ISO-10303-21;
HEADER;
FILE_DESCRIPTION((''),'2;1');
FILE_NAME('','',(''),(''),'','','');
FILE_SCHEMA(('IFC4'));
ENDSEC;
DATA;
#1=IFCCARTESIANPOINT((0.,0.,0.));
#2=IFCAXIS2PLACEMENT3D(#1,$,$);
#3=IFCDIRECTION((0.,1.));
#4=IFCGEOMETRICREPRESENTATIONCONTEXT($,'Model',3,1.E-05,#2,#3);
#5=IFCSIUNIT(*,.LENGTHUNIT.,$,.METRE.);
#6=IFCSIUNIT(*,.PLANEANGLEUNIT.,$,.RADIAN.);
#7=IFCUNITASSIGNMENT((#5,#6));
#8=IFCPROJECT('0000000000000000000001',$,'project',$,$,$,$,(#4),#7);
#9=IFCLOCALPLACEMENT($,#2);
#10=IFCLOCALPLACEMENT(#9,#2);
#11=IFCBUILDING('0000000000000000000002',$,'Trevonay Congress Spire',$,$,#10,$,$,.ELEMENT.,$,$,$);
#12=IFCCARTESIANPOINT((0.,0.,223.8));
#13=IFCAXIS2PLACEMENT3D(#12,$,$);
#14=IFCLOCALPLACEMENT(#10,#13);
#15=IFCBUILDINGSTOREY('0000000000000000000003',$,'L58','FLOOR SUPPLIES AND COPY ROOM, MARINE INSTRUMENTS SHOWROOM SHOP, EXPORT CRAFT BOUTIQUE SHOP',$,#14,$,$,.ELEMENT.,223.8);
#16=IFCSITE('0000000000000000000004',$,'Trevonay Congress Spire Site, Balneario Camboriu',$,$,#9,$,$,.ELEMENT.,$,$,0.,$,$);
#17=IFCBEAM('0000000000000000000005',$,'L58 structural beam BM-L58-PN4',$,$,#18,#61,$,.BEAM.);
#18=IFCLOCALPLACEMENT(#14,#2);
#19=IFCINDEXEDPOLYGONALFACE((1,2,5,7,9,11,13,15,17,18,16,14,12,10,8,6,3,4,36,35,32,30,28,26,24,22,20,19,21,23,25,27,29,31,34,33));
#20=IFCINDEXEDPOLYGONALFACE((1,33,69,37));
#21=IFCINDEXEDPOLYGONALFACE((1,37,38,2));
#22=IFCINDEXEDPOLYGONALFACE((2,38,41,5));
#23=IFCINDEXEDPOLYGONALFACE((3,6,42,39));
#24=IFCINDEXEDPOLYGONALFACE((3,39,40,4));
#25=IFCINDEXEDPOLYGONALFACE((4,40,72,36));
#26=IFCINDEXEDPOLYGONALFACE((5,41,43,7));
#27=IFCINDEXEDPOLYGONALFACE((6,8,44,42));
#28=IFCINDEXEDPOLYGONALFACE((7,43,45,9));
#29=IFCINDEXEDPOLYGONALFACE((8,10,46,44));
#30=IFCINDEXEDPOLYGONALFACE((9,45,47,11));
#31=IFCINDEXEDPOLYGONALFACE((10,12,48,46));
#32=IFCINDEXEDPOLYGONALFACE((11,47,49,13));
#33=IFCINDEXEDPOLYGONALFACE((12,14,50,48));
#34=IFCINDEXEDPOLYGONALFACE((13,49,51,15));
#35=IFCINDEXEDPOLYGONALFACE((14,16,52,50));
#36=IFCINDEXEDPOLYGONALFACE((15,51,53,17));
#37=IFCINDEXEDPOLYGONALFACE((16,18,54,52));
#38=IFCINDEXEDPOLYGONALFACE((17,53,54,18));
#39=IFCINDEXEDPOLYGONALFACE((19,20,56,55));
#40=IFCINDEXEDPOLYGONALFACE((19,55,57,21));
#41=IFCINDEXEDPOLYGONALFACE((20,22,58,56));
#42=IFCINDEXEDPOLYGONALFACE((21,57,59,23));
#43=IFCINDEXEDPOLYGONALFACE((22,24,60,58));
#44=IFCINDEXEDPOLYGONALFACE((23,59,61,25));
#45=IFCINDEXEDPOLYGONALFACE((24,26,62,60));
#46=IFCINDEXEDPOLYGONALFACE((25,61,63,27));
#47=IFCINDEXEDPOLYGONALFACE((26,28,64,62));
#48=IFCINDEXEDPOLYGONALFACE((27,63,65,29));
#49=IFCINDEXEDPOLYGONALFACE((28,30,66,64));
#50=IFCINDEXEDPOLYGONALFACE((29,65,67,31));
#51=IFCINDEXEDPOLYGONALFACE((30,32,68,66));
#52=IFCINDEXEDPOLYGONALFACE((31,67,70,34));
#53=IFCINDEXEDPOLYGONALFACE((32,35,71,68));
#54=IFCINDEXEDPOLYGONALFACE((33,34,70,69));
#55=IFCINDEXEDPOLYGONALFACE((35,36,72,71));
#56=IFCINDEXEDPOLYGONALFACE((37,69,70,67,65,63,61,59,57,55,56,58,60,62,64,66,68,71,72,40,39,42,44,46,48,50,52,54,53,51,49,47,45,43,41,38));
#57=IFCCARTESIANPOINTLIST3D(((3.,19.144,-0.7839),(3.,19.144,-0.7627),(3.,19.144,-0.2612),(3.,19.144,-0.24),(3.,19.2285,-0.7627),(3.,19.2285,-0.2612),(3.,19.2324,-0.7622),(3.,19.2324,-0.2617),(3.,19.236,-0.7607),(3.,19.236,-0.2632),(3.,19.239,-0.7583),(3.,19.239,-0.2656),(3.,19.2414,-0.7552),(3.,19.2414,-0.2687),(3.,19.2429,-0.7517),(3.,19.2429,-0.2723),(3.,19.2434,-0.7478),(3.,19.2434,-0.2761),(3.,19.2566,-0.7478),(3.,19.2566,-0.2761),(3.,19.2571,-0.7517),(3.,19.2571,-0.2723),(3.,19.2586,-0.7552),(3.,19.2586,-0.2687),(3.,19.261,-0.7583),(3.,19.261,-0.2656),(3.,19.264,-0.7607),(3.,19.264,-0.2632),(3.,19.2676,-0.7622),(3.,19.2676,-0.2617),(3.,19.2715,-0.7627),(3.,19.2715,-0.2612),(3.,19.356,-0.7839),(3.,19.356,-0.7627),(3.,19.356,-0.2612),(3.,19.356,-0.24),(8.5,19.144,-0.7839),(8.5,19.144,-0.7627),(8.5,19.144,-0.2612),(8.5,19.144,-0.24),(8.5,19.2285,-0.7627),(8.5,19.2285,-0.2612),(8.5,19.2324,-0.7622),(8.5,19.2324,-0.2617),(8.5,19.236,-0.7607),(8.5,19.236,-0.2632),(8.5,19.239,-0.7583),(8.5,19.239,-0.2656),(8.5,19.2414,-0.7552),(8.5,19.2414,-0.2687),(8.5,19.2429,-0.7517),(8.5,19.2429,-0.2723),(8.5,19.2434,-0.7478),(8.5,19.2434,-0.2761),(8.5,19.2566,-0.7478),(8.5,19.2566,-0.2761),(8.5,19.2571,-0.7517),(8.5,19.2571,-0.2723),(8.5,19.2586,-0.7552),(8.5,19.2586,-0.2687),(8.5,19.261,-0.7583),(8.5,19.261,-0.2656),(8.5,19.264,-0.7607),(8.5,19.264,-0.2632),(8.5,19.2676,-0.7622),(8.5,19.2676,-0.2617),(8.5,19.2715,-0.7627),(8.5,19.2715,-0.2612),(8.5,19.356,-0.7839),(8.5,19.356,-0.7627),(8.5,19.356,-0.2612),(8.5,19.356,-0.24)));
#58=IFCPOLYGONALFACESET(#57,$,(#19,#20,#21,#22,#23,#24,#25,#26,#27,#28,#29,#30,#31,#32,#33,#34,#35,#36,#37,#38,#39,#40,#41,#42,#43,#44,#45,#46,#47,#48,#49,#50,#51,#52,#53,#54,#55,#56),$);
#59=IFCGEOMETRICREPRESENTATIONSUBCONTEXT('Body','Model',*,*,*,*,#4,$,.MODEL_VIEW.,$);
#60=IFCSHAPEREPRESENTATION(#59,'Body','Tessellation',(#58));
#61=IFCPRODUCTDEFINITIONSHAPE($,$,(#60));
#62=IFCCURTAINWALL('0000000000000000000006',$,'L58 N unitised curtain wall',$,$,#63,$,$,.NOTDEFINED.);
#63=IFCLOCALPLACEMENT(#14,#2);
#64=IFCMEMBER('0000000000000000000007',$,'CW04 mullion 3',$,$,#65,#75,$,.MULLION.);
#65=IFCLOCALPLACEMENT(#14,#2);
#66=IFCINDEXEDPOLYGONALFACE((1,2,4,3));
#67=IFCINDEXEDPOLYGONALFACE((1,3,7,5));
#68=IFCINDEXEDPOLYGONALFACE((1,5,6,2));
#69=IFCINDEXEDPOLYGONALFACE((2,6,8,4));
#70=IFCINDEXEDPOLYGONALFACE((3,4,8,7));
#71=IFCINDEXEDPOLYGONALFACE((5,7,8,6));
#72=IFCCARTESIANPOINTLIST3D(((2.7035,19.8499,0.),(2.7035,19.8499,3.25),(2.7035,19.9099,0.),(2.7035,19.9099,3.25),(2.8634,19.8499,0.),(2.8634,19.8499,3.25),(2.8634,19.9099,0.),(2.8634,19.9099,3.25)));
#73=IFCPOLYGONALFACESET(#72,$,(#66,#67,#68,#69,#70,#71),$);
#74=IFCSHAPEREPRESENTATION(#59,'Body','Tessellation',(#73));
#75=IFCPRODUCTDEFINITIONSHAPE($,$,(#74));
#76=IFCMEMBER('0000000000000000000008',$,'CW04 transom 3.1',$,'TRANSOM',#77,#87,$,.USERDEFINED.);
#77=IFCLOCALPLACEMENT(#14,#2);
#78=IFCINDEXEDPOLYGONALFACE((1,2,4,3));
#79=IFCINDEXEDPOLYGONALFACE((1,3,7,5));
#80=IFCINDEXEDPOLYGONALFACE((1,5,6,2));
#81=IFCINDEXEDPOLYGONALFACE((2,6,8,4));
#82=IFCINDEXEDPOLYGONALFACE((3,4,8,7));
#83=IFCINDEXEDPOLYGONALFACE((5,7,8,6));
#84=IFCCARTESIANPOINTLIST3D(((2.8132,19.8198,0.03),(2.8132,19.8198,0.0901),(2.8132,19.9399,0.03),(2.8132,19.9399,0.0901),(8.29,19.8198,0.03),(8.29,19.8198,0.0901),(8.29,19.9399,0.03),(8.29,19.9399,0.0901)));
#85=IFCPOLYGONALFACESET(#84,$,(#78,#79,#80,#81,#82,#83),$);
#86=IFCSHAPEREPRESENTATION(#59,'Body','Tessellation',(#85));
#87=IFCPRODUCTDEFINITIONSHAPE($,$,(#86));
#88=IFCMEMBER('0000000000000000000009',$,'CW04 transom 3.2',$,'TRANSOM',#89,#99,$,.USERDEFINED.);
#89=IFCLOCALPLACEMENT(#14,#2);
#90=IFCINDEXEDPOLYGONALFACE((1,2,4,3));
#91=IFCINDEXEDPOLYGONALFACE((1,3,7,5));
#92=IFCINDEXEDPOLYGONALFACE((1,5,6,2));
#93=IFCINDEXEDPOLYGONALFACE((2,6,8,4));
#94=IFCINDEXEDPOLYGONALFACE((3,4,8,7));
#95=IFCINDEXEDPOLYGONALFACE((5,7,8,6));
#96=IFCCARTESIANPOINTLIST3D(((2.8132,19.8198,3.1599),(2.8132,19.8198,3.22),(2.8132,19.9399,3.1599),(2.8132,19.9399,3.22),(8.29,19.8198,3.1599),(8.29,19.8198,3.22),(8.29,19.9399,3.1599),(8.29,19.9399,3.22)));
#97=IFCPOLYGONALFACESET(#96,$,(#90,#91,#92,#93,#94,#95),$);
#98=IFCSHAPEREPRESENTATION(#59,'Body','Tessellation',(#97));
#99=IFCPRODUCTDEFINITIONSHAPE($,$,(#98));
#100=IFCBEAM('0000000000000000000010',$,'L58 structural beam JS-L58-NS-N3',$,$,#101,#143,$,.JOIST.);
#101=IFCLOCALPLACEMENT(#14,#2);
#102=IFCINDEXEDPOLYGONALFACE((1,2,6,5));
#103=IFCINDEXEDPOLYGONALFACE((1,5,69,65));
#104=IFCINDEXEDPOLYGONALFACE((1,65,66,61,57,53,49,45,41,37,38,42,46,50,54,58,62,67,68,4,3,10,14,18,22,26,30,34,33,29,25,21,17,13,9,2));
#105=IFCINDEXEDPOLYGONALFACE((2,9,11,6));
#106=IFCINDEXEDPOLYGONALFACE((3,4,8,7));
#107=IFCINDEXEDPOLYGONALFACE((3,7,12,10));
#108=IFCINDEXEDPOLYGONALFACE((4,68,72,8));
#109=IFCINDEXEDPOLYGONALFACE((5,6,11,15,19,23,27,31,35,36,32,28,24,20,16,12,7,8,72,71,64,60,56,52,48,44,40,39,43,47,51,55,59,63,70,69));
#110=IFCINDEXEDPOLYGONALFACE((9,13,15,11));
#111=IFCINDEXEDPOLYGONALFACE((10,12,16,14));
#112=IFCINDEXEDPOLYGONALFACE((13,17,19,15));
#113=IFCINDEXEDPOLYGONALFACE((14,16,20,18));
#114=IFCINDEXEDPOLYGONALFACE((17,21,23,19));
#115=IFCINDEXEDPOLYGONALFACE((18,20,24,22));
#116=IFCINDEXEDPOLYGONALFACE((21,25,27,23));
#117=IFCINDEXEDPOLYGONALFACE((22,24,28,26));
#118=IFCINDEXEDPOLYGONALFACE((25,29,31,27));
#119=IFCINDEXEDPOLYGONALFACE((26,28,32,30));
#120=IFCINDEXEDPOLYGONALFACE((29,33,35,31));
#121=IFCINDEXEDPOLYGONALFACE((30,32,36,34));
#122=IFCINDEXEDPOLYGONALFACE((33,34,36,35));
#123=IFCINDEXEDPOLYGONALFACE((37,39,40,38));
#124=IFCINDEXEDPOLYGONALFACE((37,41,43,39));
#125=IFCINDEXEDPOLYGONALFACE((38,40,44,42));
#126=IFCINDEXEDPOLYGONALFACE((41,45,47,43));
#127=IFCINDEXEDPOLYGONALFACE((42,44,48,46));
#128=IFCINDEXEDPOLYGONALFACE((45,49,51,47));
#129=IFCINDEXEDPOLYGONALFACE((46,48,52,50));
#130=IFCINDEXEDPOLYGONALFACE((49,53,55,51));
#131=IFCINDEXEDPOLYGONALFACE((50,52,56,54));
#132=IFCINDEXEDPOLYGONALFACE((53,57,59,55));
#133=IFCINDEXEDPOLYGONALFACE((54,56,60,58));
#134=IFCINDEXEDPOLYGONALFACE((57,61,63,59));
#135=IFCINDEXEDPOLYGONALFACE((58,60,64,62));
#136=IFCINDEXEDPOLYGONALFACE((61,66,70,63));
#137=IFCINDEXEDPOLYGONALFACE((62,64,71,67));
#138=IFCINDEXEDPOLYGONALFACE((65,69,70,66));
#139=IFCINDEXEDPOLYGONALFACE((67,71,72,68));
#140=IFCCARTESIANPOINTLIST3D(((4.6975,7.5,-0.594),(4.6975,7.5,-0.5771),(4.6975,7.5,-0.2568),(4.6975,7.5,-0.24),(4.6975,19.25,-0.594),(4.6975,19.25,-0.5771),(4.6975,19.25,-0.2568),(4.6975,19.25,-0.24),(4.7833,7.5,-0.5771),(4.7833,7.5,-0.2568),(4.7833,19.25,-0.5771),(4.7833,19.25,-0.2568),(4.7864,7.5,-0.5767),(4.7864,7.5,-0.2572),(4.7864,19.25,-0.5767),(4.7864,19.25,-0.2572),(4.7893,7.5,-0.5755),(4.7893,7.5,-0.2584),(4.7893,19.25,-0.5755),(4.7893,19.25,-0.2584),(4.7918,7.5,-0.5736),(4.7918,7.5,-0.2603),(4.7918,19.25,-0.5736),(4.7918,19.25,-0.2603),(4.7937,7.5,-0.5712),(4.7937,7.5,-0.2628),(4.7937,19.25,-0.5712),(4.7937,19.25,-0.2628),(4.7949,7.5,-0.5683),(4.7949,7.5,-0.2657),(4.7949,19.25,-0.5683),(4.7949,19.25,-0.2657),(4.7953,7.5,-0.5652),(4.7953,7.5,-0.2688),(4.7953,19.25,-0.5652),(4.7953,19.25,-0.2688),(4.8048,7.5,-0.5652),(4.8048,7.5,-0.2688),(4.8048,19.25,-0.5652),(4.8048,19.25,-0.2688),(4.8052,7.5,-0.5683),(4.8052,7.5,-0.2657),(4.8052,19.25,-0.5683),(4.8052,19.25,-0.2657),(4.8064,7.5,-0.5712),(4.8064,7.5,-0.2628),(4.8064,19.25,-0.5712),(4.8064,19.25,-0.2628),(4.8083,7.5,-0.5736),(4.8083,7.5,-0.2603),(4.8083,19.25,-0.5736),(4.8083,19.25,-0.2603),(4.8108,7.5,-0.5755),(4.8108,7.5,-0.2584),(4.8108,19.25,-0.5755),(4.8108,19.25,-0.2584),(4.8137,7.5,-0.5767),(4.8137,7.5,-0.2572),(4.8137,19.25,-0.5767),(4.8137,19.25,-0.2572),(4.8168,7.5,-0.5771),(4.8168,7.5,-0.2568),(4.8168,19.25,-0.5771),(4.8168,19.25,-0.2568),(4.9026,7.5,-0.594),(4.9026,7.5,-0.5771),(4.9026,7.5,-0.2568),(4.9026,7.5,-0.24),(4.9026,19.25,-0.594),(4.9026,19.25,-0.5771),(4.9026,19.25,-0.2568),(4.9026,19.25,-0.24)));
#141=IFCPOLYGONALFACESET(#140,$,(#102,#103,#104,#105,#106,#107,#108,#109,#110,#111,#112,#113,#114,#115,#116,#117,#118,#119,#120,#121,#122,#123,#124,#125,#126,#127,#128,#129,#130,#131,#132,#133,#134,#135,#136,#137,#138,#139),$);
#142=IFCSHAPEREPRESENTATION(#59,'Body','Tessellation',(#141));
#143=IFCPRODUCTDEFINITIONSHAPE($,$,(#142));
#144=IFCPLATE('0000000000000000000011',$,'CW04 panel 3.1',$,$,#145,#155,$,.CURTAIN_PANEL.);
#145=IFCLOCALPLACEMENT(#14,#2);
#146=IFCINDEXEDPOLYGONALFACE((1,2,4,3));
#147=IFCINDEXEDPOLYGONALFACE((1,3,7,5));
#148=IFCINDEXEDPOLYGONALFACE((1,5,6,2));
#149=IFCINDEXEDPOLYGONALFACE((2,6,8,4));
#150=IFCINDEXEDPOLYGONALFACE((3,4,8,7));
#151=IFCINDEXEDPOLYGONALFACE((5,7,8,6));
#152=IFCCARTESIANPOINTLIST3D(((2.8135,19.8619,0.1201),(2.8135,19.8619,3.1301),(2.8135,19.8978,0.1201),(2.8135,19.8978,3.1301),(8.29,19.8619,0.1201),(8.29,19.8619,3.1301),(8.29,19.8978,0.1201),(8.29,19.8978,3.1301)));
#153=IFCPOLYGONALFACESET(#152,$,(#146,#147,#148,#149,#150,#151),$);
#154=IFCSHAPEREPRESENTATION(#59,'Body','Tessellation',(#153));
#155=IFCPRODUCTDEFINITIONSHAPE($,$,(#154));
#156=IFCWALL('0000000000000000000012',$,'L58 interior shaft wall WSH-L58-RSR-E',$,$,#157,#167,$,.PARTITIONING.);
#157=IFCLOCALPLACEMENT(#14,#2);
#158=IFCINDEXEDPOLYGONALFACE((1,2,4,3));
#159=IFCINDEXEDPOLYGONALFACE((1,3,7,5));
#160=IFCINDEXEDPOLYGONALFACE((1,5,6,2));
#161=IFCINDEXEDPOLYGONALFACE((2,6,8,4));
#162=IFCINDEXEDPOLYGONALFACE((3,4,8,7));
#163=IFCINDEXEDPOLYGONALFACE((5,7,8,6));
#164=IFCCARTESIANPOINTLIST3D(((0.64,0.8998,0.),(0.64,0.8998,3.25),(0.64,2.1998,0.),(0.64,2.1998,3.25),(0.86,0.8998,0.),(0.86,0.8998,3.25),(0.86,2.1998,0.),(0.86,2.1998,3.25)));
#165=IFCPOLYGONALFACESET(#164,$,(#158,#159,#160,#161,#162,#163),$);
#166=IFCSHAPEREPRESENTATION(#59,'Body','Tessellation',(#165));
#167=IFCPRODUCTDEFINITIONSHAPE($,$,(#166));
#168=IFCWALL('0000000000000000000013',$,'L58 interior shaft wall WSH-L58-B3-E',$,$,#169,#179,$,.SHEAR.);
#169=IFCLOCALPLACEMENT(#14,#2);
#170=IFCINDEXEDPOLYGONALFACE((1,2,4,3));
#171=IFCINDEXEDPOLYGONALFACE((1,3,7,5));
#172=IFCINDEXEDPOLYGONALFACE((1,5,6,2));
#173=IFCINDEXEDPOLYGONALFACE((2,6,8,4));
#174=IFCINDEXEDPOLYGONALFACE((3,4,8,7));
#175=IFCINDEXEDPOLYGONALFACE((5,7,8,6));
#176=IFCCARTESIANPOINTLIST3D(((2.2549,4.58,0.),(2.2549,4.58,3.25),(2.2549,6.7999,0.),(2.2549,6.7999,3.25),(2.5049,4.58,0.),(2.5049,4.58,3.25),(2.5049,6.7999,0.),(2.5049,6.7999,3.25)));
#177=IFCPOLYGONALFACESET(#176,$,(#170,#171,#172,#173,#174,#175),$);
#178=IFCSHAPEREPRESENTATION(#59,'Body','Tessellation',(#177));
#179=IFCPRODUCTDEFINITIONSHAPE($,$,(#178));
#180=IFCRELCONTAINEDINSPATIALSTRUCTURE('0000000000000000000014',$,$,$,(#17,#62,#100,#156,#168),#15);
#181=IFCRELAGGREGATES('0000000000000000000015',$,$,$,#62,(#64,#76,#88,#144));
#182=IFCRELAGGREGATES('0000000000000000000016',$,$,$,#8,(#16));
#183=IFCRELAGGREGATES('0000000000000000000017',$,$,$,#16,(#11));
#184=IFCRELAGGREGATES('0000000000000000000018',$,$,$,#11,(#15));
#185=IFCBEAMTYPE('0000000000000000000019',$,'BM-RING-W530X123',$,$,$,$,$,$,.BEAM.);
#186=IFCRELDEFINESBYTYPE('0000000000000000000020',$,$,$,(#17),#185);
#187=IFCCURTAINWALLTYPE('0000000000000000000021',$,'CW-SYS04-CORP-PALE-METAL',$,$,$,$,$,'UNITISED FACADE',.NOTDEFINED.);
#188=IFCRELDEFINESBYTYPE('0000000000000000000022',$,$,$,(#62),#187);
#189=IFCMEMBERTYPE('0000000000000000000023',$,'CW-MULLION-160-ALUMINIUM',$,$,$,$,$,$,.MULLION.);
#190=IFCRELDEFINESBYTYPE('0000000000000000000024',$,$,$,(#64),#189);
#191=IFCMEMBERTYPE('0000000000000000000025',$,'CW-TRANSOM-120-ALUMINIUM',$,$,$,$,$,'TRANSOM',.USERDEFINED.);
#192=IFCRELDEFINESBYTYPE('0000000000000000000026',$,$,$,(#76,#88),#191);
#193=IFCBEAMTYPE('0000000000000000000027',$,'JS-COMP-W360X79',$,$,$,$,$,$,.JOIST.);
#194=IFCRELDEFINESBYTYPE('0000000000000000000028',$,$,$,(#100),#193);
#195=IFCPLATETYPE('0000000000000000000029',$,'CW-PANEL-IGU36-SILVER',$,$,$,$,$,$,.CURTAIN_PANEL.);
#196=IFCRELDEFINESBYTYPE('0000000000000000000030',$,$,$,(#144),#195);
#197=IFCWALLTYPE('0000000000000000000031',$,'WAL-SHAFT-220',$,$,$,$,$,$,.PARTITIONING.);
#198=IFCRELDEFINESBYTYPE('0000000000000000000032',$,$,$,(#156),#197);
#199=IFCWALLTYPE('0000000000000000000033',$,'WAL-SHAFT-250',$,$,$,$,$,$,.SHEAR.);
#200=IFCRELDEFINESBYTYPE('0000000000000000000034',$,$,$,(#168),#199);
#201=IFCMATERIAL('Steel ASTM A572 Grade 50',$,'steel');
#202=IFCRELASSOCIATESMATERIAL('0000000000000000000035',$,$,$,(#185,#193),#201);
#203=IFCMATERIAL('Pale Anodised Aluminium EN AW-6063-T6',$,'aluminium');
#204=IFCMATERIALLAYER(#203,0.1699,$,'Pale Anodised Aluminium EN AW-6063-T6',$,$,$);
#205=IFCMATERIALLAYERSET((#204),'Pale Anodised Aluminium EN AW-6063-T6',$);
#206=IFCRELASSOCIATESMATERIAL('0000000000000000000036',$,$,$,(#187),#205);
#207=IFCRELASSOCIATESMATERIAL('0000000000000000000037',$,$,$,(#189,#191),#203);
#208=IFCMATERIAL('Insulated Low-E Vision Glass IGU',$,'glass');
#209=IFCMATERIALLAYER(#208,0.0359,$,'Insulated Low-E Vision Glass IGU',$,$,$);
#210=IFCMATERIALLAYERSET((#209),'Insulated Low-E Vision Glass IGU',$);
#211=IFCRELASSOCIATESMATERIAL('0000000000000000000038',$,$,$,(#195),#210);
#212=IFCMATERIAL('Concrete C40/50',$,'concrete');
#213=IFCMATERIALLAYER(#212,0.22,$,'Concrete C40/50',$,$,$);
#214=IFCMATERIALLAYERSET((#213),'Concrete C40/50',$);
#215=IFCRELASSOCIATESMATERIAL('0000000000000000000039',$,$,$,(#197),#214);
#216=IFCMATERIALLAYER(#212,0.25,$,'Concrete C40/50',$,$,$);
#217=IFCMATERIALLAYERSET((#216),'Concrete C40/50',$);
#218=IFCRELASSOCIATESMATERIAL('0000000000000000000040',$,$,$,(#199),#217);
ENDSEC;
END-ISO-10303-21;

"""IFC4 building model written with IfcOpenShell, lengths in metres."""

from ifc_helpers import new_model, si_unit, direction, frame, frame_2d, origin, origin_2d, place, context, subcontext, project, spatial, rectangle, i_section, extrude, material, layer, layer_set, material_profile, profile_set, type_object, element, aggregate, save


model = new_model("IFC4")

# Units and contexts
model_context = context("Model", 3, precision=1e-05, world=origin(), true_north=direction((0.0, 1.0)))
body_context = subcontext(model_context, "Body", "Model", "MODEL_VIEW")
ifc_project = project(units=[si_unit("LENGTHUNIT", "METRE"), si_unit("PLANEANGLEUNIT", "RADIAN")], contexts=[model_context])

# Site, building, storey
site_placement = place(None, origin())
site = spatial("IfcSite", under=ifc_project, at=site_placement, Name="Trevonay Congress Spire Site, Balneario Camboriu", CompositionType="ELEMENT", RefElevation=0.0)
building_placement = place(site_placement, origin())
building = spatial("IfcBuilding", under=site, at=building_placement, Name="Trevonay Congress Spire", CompositionType="ELEMENT")
storey_placement = place(building_placement, frame((0.0, 0.0, 223.8)))
storey = spatial("IfcBuildingStorey", under=building, at=storey_placement, Name="L58", Description="FLOOR SUPPLIES AND COPY ROOM, MARINE INSTRUMENTS SHOWROOM SHOP, EXPORT CRAFT BOUTIQUE SHOP", CompositionType="ELEMENT", Elevation=223.8)

# Shared definitions
ifc_material_1 = material(Name="Steel ASTM A572 Grade 50", Category="steel")

# Beam
ifc_material_profile_1 = material_profile(ifc_material_1, i_section(OverallWidth=0.2119, OverallDepth=0.5439, WebThickness=0.0132, FlangeThickness=0.0212, FilletRadius=0.0149, at=origin_2d()), Name="W530x123")
ifc_profile_set_1 = profile_set([ifc_material_profile_1], Name="Steel ASTM A572 Grade 50")
beam_type_1 = type_object("IfcBeamType", Name="BM-RING-W530X123", PredefinedType="BEAM", material=ifc_profile_set_1)
beam_1_placement = place(storey_placement, frame((3.0, 19.25, -0.512), z_axis=(1.0, 0.0, 0.0), x_axis=(0.0, 1.0, 0.0)))
element("IfcBeam", 1, at=beam_1_placement, inside=storey, type_object=beam_type_1, Name="L58 structural beam BM-L58-PN4", PredefinedType="BEAM", context=body_context, shape_type="SweptSolid", body=[
    extrude(i_section(OverallWidth=0.2119, OverallDepth=0.5439, WebThickness=0.0132, FlangeThickness=0.0212, FilletRadius=0.0149, at=origin_2d()), origin(), (0.0, 0.0, 1.0), 5.5),
])

# Curtain wall, members
ifc_material_2 = material(Name="Pale Anodised Aluminium EN AW-6063-T6", Category="aluminium")
ifc_layer_1 = layer(ifc_material_2, 0.1699, Name="Pale Anodised Aluminium EN AW-6063-T6")
ifc_layer_set_1 = layer_set([ifc_layer_1], Name="Pale Anodised Aluminium EN AW-6063-T6")
curtain_wall_type = type_object("IfcCurtainWallType", Name="CW-SYS04-CORP-PALE-METAL", ElementType="UNITISED FACADE", PredefinedType="NOTDEFINED", material=ifc_layer_set_1)
curtain_wall_placement = place(storey_placement, origin())
curtain_wall = element("IfcCurtainWall", 2, at=curtain_wall_placement, inside=storey, type_object=curtain_wall_type, Name="L58 N unitised curtain wall", PredefinedType="NOTDEFINED")
ifc_material_profile_2 = material_profile(ifc_material_2, rectangle(XDim=0.0601, YDim=0.1599, at=origin_2d()), Name="CW-MULLION-160-ALUMINIUM")
ifc_profile_set_2 = profile_set([ifc_material_profile_2], Name="Pale Anodised Aluminium EN AW-6063-T6")
member_type_1 = type_object("IfcMemberType", Name="CW-MULLION-160-ALUMINIUM", PredefinedType="MULLION", material=ifc_profile_set_2)
member_1_placement = place(storey_placement, frame((2.7834, 19.8799, 0.0), z_axis=(0.0, 0.0, 1.0), x_axis=(0.0, 1.0, 0.0)))
member_1 = element("IfcMember", 3, at=member_1_placement, type_object=member_type_1, Name="CW04 mullion 3", PredefinedType="MULLION", context=body_context, shape_type="SweptSolid", body=[
    extrude(rectangle(XDim=0.0601, YDim=0.1599, at=origin_2d()), origin(), (0.0, 0.0, 1.0), 3.25),
])
ifc_material_profile_3 = material_profile(ifc_material_2, rectangle(XDim=0.1201, YDim=0.0601, at=origin_2d()), Name="CW-TRANSOM-120-ALUMINIUM")
ifc_profile_set_3 = profile_set([ifc_material_profile_3], Name="Pale Anodised Aluminium EN AW-6063-T6")
member_type_2 = type_object("IfcMemberType", Name="CW-TRANSOM-120-ALUMINIUM", ElementType="TRANSOM", PredefinedType="USERDEFINED", material=ifc_profile_set_3)
member_2_placement = place(storey_placement, frame((2.8132, 19.8799, 0.0601), z_axis=(1.0, 0.0, 0.0), x_axis=(0.0, 1.0, 0.0)))
member_2 = element("IfcMember", 4, at=member_2_placement, type_object=member_type_2, Name="CW04 transom 3.1", ObjectType="TRANSOM", PredefinedType="USERDEFINED", context=body_context, shape_type="SweptSolid", body=[
    extrude(rectangle(XDim=0.1201, YDim=0.0601, at=origin_2d()), origin(), (0.0, 0.0, 1.0), 5.4768),
])
member_3_placement = place(storey_placement, frame((2.8132, 19.8799, 3.1899), z_axis=(1.0, 0.0, 0.0), x_axis=(0.0, 1.0, 0.0)))
member_3 = element("IfcMember", 5, at=member_3_placement, type_object=member_type_2, Name="CW04 transom 3.2", ObjectType="TRANSOM", PredefinedType="USERDEFINED", context=body_context, shape_type="SweptSolid", body=[
    extrude(rectangle(XDim=0.1201, YDim=0.0601, at=origin_2d()), origin(), (0.0, 0.0, 1.0), 5.4768),
])

# Beam
ifc_material_profile_4 = material_profile(ifc_material_1, i_section(OverallWidth=0.2051, OverallDepth=0.354, WebThickness=0.0095, FlangeThickness=0.0168, FilletRadius=0.012, at=origin_2d()), Name="W360x79")
ifc_profile_set_4 = profile_set([ifc_material_profile_4], Name="Steel ASTM A572 Grade 50")
beam_type_2 = type_object("IfcBeamType", Name="JS-COMP-W360X79", PredefinedType="JOIST", material=ifc_profile_set_4)
beam_2_placement = place(storey_placement, frame((4.8, 7.5, -0.417), z_axis=(0.0, 1.0, 0.0), x_axis=(-1.0, 0.0, 0.0)))
element("IfcBeam", 6, at=beam_2_placement, inside=storey, type_object=beam_type_2, Name="L58 structural beam JS-L58-NS-N3", PredefinedType="JOIST", context=body_context, shape_type="SweptSolid", body=[
    extrude(i_section(OverallWidth=0.2051, OverallDepth=0.354, WebThickness=0.0095, FlangeThickness=0.0168, FilletRadius=0.012, at=origin_2d()), origin(), (0.0, 0.0, 1.0), 11.75),
])

# Plate
ifc_material_3 = material(Name="Insulated Low-E Vision Glass IGU", Category="glass")
ifc_layer_2 = layer(ifc_material_3, 0.0359, Name="Insulated Low-E Vision Glass IGU")
ifc_layer_set_2 = layer_set([ifc_layer_2], Name="Insulated Low-E Vision Glass IGU")
plate_type = type_object("IfcPlateType", Name="CW-PANEL-IGU36-SILVER", PredefinedType="CURTAIN_PANEL", material=ifc_layer_set_2)
plate_placement = place(storey_placement, frame((5.5518, 19.8799, 0.1201), z_axis=(0.0, 0.0, 1.0), x_axis=(1.0, 0.0, 0.0)))
plate = element("IfcPlate", 7, at=plate_placement, type_object=plate_type, Name="CW04 panel 3.1", PredefinedType="CURTAIN_PANEL", context=body_context, shape_type="SweptSolid", body=[
    extrude(rectangle(XDim=5.4766, YDim=0.0359, at=origin_2d()), origin(), (0.0, 0.0, 1.0), 3.01),
])
aggregate(curtain_wall, [member_1, member_2, member_3, plate])

# Walls
ifc_material_4 = material(Name="Concrete C40/50", Category="concrete")
ifc_layer_3 = layer(ifc_material_4, 0.22, Name="Concrete C40/50")
ifc_layer_set_3 = layer_set([ifc_layer_3], Name="Concrete C40/50")
wall_type_1 = type_object("IfcWallType", Name="WAL-SHAFT-220", PredefinedType="PARTITIONING", material=ifc_layer_set_3)
wall_1_placement = place(storey_placement, frame((0.75, 0.8999, 0.0), z_axis=(0.0, 0.0, 1.0), x_axis=(0.0, 1.0, 0.0)))
element("IfcWall", 8, at=wall_1_placement, inside=storey, type_object=wall_type_1, Name="L58 interior shaft wall WSH-L58-RSR-E", PredefinedType="PARTITIONING", context=body_context, shape_type="SweptSolid", body=[
    extrude(rectangle(XDim=1.3, YDim=0.22, at=frame_2d((0.6499, 0.0))), origin(), (0.0, 0.0, 1.0), 3.25),
])
ifc_layer_4 = layer(ifc_material_4, 0.25, Name="Concrete C40/50")
ifc_layer_set_4 = layer_set([ifc_layer_4], Name="Concrete C40/50")
wall_type_2 = type_object("IfcWallType", Name="WAL-SHAFT-250", PredefinedType="SHEAR", material=ifc_layer_set_4)
wall_2_placement = place(storey_placement, frame((2.3799, 4.5801, 0.0), z_axis=(0.0, 0.0, 1.0), x_axis=(0.0, 1.0, 0.0)))
element("IfcWall", 9, at=wall_2_placement, inside=storey, type_object=wall_type_2, Name="L58 interior shaft wall WSH-L58-B3-E", PredefinedType="SHEAR", context=body_context, shape_type="SweptSolid", body=[
    extrude(rectangle(XDim=2.22, YDim=0.25, at=frame_2d((1.1099, 0.0))), origin(), (0.0, 0.0, 1.0), 3.25),
])

save(model, "model.ifc")
